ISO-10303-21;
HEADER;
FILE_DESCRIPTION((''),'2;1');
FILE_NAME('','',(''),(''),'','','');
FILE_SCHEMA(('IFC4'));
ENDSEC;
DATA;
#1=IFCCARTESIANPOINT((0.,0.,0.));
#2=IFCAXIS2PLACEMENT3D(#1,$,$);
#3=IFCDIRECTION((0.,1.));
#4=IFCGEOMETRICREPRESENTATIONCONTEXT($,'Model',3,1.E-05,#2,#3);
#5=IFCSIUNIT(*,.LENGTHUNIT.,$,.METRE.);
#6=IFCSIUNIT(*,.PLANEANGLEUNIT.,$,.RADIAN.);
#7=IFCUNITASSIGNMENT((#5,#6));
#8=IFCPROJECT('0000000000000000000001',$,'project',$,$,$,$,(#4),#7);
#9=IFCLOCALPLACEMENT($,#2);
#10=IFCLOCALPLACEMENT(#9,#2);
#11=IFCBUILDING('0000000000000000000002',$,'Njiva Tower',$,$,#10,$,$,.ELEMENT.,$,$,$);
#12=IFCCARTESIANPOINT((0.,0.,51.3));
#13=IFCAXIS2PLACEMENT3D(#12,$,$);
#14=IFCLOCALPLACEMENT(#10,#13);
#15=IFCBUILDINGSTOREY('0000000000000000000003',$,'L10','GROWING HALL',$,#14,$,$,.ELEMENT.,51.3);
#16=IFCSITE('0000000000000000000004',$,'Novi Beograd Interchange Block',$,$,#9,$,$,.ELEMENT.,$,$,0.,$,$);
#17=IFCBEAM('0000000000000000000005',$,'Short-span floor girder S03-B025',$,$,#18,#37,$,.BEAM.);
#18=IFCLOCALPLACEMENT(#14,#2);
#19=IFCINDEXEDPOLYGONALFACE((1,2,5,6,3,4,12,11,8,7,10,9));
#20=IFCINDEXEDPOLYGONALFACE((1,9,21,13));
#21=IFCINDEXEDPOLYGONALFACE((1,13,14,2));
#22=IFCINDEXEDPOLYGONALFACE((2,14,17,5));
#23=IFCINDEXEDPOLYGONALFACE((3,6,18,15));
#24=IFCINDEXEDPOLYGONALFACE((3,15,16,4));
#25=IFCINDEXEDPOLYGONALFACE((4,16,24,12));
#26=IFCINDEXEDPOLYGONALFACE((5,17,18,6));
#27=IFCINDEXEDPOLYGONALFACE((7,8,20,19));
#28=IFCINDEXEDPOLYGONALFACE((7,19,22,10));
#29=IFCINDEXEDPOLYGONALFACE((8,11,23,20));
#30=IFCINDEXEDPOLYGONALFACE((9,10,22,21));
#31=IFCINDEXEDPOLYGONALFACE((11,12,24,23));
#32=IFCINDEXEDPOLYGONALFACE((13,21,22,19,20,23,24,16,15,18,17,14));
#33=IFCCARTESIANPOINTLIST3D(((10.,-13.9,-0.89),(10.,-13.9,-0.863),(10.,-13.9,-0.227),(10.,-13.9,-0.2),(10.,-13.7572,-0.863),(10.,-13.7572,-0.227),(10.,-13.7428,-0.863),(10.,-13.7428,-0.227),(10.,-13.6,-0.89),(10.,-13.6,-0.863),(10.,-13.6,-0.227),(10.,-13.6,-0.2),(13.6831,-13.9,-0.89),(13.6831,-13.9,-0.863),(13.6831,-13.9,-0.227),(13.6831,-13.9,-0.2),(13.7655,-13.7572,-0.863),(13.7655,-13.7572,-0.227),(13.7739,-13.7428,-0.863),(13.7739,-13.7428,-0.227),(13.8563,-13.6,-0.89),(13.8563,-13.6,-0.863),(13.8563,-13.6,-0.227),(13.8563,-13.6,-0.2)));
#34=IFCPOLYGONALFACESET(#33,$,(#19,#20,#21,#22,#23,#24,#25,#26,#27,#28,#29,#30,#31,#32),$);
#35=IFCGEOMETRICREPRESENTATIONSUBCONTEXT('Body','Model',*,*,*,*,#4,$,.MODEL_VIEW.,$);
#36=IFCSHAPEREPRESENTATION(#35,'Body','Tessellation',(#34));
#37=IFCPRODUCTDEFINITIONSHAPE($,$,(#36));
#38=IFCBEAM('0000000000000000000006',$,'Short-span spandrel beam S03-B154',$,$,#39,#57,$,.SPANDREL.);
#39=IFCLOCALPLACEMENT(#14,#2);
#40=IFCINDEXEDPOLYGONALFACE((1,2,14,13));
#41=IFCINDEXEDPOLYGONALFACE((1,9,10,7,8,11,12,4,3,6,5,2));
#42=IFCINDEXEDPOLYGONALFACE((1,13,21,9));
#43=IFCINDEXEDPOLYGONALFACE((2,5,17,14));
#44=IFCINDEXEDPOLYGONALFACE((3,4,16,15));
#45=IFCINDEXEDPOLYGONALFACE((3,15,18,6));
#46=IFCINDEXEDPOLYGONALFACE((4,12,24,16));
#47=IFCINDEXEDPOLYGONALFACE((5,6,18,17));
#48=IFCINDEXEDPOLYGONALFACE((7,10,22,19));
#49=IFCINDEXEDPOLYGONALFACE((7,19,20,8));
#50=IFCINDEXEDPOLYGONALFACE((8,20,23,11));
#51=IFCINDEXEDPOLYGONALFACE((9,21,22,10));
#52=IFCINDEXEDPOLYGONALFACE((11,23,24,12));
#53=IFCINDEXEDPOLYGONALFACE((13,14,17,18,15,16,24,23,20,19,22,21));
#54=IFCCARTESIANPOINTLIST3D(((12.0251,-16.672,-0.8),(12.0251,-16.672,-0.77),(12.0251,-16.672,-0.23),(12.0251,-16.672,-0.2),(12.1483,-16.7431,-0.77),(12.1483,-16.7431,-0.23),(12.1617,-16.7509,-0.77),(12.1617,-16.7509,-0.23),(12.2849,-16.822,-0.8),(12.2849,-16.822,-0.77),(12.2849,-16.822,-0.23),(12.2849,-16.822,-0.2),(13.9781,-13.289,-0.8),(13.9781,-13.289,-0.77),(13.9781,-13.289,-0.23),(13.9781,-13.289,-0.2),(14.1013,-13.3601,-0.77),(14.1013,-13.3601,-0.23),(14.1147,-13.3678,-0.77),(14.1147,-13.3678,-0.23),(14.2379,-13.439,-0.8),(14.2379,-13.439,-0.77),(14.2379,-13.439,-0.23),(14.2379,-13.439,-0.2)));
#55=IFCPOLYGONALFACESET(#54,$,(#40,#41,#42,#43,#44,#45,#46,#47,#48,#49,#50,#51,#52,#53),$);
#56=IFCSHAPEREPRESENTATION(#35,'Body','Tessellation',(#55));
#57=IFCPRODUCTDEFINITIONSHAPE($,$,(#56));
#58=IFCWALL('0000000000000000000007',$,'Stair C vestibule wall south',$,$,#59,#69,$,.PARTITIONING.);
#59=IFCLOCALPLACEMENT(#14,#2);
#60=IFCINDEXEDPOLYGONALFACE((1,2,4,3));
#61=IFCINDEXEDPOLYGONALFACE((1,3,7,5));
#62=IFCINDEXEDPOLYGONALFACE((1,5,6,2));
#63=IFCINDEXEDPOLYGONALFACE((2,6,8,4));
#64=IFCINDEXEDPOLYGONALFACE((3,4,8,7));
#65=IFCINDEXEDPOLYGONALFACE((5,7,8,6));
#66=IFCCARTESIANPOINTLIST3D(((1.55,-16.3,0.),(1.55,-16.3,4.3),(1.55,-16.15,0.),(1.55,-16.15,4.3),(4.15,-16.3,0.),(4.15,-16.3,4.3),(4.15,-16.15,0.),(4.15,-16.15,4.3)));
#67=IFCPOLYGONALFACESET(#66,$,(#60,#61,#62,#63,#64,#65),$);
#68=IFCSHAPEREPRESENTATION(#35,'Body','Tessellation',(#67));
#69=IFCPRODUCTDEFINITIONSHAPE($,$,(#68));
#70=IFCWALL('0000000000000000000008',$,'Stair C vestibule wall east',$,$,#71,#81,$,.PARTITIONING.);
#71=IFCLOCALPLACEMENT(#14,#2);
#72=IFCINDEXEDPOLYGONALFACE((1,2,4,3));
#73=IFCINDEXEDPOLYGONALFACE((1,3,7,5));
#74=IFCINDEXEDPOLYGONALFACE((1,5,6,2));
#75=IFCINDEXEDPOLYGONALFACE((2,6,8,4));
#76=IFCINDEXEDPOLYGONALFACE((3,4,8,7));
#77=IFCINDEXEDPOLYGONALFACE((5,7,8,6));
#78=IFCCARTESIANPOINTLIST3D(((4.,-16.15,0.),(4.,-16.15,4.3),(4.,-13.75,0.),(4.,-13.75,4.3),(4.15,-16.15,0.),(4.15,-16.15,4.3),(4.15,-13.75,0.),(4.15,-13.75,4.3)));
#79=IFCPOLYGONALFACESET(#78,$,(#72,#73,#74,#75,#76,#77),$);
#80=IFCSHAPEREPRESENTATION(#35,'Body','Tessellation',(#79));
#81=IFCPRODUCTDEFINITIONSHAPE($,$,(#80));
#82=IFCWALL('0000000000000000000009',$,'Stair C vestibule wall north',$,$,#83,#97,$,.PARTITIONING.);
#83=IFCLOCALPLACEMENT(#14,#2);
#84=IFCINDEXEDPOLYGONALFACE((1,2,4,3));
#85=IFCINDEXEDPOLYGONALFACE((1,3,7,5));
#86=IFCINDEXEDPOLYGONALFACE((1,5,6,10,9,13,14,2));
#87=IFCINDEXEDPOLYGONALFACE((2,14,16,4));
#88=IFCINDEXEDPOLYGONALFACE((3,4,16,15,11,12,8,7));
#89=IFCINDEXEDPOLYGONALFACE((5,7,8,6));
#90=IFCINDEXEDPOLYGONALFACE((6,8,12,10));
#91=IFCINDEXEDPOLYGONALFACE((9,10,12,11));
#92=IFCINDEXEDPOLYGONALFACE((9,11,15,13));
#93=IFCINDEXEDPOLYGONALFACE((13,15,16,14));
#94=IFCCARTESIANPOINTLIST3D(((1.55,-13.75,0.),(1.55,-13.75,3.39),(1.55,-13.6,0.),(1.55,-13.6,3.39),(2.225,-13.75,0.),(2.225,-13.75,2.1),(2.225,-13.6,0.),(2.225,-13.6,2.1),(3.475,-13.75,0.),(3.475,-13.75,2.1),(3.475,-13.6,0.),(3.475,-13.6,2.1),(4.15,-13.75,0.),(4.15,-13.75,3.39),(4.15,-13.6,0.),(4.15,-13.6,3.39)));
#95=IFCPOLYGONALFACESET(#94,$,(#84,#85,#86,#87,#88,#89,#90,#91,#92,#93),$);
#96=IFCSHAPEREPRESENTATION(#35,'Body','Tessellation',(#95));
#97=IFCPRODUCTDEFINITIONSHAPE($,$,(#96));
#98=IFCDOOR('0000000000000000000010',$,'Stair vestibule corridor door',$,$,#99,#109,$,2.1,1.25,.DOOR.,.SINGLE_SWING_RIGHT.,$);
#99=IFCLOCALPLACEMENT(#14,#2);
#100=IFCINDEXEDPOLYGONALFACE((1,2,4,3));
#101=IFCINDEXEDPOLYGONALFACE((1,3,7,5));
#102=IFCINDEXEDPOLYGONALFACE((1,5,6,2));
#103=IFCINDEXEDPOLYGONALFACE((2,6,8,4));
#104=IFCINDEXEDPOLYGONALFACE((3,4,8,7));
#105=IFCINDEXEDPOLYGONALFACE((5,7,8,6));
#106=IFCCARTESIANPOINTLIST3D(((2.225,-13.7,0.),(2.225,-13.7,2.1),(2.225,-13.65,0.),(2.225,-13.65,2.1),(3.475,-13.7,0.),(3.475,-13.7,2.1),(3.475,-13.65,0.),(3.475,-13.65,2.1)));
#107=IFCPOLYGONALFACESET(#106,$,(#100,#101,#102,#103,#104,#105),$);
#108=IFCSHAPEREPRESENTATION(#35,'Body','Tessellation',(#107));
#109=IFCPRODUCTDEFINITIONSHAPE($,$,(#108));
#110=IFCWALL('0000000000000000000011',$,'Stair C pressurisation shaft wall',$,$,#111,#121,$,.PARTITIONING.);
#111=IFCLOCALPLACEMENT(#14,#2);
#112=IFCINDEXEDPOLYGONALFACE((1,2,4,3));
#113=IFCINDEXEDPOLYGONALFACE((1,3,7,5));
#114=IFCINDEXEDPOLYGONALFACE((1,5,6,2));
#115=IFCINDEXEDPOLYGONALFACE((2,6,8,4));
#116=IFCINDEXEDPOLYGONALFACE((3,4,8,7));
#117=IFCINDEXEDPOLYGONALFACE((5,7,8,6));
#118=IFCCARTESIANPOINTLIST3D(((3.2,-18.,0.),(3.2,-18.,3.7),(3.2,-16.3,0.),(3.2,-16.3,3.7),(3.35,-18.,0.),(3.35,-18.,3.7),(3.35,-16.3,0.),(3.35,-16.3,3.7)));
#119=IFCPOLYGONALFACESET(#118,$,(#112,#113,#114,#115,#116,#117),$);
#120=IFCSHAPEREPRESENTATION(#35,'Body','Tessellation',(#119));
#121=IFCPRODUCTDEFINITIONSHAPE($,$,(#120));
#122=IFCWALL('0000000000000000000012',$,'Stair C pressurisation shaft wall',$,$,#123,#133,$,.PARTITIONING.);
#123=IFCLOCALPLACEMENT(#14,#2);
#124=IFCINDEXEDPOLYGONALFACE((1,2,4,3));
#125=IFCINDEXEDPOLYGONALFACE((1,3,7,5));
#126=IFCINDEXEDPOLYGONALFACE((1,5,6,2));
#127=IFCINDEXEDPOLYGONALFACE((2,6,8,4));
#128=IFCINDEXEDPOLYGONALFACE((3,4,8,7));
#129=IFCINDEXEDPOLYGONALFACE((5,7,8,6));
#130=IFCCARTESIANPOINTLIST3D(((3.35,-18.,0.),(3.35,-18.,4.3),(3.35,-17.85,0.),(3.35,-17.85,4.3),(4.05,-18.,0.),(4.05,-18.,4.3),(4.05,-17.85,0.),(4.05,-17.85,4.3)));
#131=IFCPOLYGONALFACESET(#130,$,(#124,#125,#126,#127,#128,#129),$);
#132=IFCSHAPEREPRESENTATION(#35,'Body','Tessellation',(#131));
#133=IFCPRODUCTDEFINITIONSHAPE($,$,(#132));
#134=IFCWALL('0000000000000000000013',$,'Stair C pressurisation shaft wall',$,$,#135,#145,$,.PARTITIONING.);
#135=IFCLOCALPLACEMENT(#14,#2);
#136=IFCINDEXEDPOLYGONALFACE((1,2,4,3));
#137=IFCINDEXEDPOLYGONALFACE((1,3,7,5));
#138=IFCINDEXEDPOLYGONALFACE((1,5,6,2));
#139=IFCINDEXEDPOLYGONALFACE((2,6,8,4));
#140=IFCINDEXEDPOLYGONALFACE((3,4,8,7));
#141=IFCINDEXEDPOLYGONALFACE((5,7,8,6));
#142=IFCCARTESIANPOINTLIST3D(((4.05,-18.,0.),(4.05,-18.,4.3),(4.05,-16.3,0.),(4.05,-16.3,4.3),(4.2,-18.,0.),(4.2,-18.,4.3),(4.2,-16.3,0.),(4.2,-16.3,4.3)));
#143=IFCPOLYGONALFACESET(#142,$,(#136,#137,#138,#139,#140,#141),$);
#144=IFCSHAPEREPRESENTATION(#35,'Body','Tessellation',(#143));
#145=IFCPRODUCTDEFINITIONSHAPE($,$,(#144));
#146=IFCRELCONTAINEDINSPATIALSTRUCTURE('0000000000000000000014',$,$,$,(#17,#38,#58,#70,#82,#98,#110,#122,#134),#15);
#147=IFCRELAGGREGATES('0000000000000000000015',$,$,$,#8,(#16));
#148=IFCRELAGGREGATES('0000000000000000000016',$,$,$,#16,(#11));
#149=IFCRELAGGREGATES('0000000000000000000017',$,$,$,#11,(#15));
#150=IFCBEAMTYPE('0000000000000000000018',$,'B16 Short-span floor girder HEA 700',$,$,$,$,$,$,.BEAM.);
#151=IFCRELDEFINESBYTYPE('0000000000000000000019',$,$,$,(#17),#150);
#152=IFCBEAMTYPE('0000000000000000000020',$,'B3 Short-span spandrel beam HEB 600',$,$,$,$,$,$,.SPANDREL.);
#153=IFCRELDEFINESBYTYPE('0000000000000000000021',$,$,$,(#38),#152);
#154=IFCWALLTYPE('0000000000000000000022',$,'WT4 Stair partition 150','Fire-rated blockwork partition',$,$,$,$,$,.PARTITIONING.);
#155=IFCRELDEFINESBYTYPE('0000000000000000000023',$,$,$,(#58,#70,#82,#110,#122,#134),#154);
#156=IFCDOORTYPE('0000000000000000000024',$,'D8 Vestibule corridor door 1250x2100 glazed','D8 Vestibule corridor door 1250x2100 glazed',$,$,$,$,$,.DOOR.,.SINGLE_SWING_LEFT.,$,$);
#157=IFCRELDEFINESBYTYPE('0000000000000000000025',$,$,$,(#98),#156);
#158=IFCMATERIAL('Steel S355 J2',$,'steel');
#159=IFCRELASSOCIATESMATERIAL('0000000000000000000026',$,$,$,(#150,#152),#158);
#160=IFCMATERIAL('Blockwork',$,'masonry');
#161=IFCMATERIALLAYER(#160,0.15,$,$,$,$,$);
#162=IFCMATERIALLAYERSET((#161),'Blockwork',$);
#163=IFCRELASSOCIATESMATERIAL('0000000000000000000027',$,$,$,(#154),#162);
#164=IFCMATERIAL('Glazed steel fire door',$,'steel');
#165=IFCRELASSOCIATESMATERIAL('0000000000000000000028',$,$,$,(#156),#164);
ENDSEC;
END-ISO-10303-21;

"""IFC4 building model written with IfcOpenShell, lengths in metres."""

from ifc_helpers import new_model, si_unit, direction, frame, frame_2d, origin, origin_2d, place, context, subcontext, project, spatial, rectangle, i_section, extrude, clip, halfspace, material, layer, layer_set, material_profile, profile_set, type_object, element, fill, save


model = new_model("IFC4")

# Units and contexts
model_context = context("Model", 3, precision=1e-05, world=origin(), true_north=direction((0.0, 1.0)))
body_context = subcontext(model_context, "Body", "Model", "MODEL_VIEW")
ifc_project = project(units=[si_unit("LENGTHUNIT", "METRE"), si_unit("PLANEANGLEUNIT", "RADIAN")], contexts=[model_context])

# Site, building, storey
site_placement = place(None, origin())
site = spatial("IfcSite", under=ifc_project, at=site_placement, Name="Novi Beograd Interchange Block", CompositionType="ELEMENT", RefElevation=0.0)
building_placement = place(site_placement, origin())
building = spatial("IfcBuilding", under=site, at=building_placement, Name="Njiva Tower", CompositionType="ELEMENT")
storey_placement = place(building_placement, frame((0.0, 0.0, 51.3)))
storey = spatial("IfcBuildingStorey", under=building, at=storey_placement, Name="L10", Description="GROWING HALL", CompositionType="ELEMENT", Elevation=51.3)

# Shared definitions
ifc_material_1 = material(Name="Steel S355 J2", Category="steel")

# Beams
ifc_material_profile_1 = material_profile(ifc_material_1, i_section(OverallWidth=0.3, OverallDepth=0.69, WebThickness=0.0145, FlangeThickness=0.027, at=origin_2d()), Name="HEA 700")
ifc_profile_set_1 = profile_set([ifc_material_profile_1], Name="Steel S355 J2")
beam_type_1 = type_object("IfcBeamType", Name="B16 Short-span floor girder HEA 700", PredefinedType="BEAM", material=ifc_profile_set_1)
beam_1_placement = place(storey_placement, frame((10.0, -13.75, -0.545), z_axis=(1.0, 0.0, 0.0), x_axis=(0.0, 1.0, 0.0)))
element("IfcBeam", 1, at=beam_1_placement, inside=storey, type_object=beam_type_1, Name="Short-span floor girder S03-B025", PredefinedType="BEAM", context=body_context, shape_type="Clipping", body=[
    clip(extrude(i_section(OverallWidth=0.3, OverallDepth=0.69, WebThickness=0.0145, FlangeThickness=0.027, at=origin_2d()), origin(), (0.0, 0.0, 1.0), 3.877), halfspace(frame((-0.025, 0.0, 3.7553), z_axis=(-0.499998, 0.0, 0.866027), x_axis=(0.0, 1.0, 0.0)), False)),
])
ifc_material_profile_2 = material_profile(ifc_material_1, i_section(OverallWidth=0.3, OverallDepth=0.6, WebThickness=0.0155, FlangeThickness=0.03, at=origin_2d()), Name="HEB 600")
ifc_profile_set_2 = profile_set([ifc_material_profile_2], Name="Steel S355 J2")
beam_type_2 = type_object("IfcBeamType", Name="B3 Short-span spandrel beam HEB 600", PredefinedType="SPANDREL", material=ifc_profile_set_2)
beam_2_placement = place(storey_placement, frame((12.155, -16.747, -0.5), z_axis=(0.499966, 0.866045, 0.0), x_axis=(-0.866045, 0.499966, 0.0)))
element("IfcBeam", 2, at=beam_2_placement, inside=storey, type_object=beam_type_2, Name="Short-span spandrel beam S03-B154", PredefinedType="SPANDREL", context=body_context, shape_type="SweptSolid", body=[
    extrude(i_section(OverallWidth=0.3, OverallDepth=0.6, WebThickness=0.0155, FlangeThickness=0.03, at=origin_2d()), origin(), (0.0, 0.0, 1.0), 3.9063),
])

# Walls
ifc_material_2 = material(Name="Blockwork", Category="masonry")
ifc_layer = layer(ifc_material_2, 0.15)
ifc_layer_set = layer_set([ifc_layer], Name="Blockwork")
wall_type = type_object("IfcWallType", Name="WT4 Stair partition 150", Description="Fire-rated blockwork partition", PredefinedType="PARTITIONING", material=ifc_layer_set)
wall_1_placement = place(storey_placement, frame((1.55, -16.225, 0.0), z_axis=(0.0, 0.0, 1.0), x_axis=(1.0, 0.0, 0.0)))
element("IfcWall", 3, at=wall_1_placement, inside=storey, type_object=wall_type, Name="Stair C vestibule wall south", PredefinedType="PARTITIONING", context=body_context, shape_type="SweptSolid", body=[
    extrude(rectangle(XDim=2.6, YDim=0.15, at=frame_2d((1.3, 0.0))), origin(), (0.0, 0.0, 1.0), 4.3),
])
wall_2_placement = place(storey_placement, frame((4.075, -16.15, 0.0), z_axis=(0.0, 0.0, 1.0), x_axis=(0.0, 1.0, 0.0)))
element("IfcWall", 4, at=wall_2_placement, inside=storey, type_object=wall_type, Name="Stair C vestibule wall east", PredefinedType="PARTITIONING", context=body_context, shape_type="SweptSolid", body=[
    extrude(rectangle(XDim=2.4, YDim=0.15, at=frame_2d((1.2, 0.0))), origin(), (0.0, 0.0, 1.0), 4.3),
])

# Wall, opening, door
wall_3_placement = place(storey_placement, frame((1.55, -13.675, 0.0), z_axis=(0.0, 0.0, 1.0), x_axis=(1.0, 0.0, 0.0)))
wall_3 = element("IfcWall", 5, at=wall_3_placement, inside=storey, type_object=wall_type, Name="Stair C vestibule wall north", PredefinedType="PARTITIONING", context=body_context, shape_type="SweptSolid", body=[
    extrude(rectangle(XDim=2.6, YDim=0.15, at=frame_2d((1.3, 0.0))), origin(), (0.0, 0.0, 1.0), 3.39),
])
opening_placement = place(wall_3_placement, frame((0.675, 0.0, 0.0)))
opening = element("IfcOpeningElement", 6, at=opening_placement, cuts=wall_3, PredefinedType="OPENING", context=body_context, shape_type="SweptSolid", body=[
    extrude(rectangle(XDim=1.25, YDim=2.1, at=frame_2d((0.625, 1.05))), frame((0.0, 0.085, 0.0), z_axis=(0.0, -1.0, 0.0), x_axis=(1.0, 0.0, 0.0)), (0.0, 0.0, 1.0), 0.17),
])
ifc_material_3 = material(Name="Glazed steel fire door", Category="steel")
door_type = type_object("IfcDoorType", Name="D8 Vestibule corridor door 1250x2100 glazed", Description="D8 Vestibule corridor door 1250x2100 glazed", OperationType="SINGLE_SWING_LEFT", PredefinedType="DOOR", material=ifc_material_3)
door_placement = place(opening_placement, origin())
door = element("IfcDoor", 7, at=door_placement, inside=storey, type_object=door_type, Name="Stair vestibule corridor door", OperationType="SINGLE_SWING_RIGHT", OverallHeight=2.1, OverallWidth=1.25, PredefinedType="DOOR", context=body_context, shape_type="SweptSolid", body=[
    extrude(rectangle(XDim=1.25, YDim=2.1, at=frame_2d((0.625, 1.05))), frame((0.0, 0.025, 0.0), z_axis=(0.0, -1.0, 0.0), x_axis=(1.0, 0.0, 0.0)), (0.0, 0.0, 1.0), 0.05),
])
fill(opening, door)

# Walls
wall_4_placement = place(storey_placement, frame((3.275, -18.0, 0.0), z_axis=(0.0, 0.0, 1.0), x_axis=(0.0, 1.0, 0.0)))
element("IfcWall", 8, at=wall_4_placement, inside=storey, type_object=wall_type, Name="Stair C pressurisation shaft wall", PredefinedType="PARTITIONING", context=body_context, shape_type="SweptSolid", body=[
    extrude(rectangle(XDim=1.7, YDim=0.15, at=frame_2d((0.85, 0.0))), origin(), (0.0, 0.0, 1.0), 3.7),
])
wall_5_placement = place(storey_placement, frame((3.35, -17.925, 0.0), z_axis=(0.0, 0.0, 1.0), x_axis=(1.0, 0.0, 0.0)))
element("IfcWall", 9, at=wall_5_placement, inside=storey, type_object=wall_type, Name="Stair C pressurisation shaft wall", PredefinedType="PARTITIONING", context=body_context, shape_type="SweptSolid", body=[
    extrude(rectangle(XDim=0.7, YDim=0.15, at=frame_2d((0.35, 0.0))), origin(), (0.0, 0.0, 1.0), 4.3),
])
wall_6_placement = place(storey_placement, frame((4.125, -18.0, 0.0), z_axis=(0.0, 0.0, 1.0), x_axis=(0.0, 1.0, 0.0)))
element("IfcWall", 10, at=wall_6_placement, inside=storey, type_object=wall_type, Name="Stair C pressurisation shaft wall", PredefinedType="PARTITIONING", context=body_context, shape_type="SweptSolid", body=[
    extrude(rectangle(XDim=1.7, YDim=0.15, at=frame_2d((0.85, 0.0))), origin(), (0.0, 0.0, 1.0), 4.3),
])

save(model, "model.ifc")
